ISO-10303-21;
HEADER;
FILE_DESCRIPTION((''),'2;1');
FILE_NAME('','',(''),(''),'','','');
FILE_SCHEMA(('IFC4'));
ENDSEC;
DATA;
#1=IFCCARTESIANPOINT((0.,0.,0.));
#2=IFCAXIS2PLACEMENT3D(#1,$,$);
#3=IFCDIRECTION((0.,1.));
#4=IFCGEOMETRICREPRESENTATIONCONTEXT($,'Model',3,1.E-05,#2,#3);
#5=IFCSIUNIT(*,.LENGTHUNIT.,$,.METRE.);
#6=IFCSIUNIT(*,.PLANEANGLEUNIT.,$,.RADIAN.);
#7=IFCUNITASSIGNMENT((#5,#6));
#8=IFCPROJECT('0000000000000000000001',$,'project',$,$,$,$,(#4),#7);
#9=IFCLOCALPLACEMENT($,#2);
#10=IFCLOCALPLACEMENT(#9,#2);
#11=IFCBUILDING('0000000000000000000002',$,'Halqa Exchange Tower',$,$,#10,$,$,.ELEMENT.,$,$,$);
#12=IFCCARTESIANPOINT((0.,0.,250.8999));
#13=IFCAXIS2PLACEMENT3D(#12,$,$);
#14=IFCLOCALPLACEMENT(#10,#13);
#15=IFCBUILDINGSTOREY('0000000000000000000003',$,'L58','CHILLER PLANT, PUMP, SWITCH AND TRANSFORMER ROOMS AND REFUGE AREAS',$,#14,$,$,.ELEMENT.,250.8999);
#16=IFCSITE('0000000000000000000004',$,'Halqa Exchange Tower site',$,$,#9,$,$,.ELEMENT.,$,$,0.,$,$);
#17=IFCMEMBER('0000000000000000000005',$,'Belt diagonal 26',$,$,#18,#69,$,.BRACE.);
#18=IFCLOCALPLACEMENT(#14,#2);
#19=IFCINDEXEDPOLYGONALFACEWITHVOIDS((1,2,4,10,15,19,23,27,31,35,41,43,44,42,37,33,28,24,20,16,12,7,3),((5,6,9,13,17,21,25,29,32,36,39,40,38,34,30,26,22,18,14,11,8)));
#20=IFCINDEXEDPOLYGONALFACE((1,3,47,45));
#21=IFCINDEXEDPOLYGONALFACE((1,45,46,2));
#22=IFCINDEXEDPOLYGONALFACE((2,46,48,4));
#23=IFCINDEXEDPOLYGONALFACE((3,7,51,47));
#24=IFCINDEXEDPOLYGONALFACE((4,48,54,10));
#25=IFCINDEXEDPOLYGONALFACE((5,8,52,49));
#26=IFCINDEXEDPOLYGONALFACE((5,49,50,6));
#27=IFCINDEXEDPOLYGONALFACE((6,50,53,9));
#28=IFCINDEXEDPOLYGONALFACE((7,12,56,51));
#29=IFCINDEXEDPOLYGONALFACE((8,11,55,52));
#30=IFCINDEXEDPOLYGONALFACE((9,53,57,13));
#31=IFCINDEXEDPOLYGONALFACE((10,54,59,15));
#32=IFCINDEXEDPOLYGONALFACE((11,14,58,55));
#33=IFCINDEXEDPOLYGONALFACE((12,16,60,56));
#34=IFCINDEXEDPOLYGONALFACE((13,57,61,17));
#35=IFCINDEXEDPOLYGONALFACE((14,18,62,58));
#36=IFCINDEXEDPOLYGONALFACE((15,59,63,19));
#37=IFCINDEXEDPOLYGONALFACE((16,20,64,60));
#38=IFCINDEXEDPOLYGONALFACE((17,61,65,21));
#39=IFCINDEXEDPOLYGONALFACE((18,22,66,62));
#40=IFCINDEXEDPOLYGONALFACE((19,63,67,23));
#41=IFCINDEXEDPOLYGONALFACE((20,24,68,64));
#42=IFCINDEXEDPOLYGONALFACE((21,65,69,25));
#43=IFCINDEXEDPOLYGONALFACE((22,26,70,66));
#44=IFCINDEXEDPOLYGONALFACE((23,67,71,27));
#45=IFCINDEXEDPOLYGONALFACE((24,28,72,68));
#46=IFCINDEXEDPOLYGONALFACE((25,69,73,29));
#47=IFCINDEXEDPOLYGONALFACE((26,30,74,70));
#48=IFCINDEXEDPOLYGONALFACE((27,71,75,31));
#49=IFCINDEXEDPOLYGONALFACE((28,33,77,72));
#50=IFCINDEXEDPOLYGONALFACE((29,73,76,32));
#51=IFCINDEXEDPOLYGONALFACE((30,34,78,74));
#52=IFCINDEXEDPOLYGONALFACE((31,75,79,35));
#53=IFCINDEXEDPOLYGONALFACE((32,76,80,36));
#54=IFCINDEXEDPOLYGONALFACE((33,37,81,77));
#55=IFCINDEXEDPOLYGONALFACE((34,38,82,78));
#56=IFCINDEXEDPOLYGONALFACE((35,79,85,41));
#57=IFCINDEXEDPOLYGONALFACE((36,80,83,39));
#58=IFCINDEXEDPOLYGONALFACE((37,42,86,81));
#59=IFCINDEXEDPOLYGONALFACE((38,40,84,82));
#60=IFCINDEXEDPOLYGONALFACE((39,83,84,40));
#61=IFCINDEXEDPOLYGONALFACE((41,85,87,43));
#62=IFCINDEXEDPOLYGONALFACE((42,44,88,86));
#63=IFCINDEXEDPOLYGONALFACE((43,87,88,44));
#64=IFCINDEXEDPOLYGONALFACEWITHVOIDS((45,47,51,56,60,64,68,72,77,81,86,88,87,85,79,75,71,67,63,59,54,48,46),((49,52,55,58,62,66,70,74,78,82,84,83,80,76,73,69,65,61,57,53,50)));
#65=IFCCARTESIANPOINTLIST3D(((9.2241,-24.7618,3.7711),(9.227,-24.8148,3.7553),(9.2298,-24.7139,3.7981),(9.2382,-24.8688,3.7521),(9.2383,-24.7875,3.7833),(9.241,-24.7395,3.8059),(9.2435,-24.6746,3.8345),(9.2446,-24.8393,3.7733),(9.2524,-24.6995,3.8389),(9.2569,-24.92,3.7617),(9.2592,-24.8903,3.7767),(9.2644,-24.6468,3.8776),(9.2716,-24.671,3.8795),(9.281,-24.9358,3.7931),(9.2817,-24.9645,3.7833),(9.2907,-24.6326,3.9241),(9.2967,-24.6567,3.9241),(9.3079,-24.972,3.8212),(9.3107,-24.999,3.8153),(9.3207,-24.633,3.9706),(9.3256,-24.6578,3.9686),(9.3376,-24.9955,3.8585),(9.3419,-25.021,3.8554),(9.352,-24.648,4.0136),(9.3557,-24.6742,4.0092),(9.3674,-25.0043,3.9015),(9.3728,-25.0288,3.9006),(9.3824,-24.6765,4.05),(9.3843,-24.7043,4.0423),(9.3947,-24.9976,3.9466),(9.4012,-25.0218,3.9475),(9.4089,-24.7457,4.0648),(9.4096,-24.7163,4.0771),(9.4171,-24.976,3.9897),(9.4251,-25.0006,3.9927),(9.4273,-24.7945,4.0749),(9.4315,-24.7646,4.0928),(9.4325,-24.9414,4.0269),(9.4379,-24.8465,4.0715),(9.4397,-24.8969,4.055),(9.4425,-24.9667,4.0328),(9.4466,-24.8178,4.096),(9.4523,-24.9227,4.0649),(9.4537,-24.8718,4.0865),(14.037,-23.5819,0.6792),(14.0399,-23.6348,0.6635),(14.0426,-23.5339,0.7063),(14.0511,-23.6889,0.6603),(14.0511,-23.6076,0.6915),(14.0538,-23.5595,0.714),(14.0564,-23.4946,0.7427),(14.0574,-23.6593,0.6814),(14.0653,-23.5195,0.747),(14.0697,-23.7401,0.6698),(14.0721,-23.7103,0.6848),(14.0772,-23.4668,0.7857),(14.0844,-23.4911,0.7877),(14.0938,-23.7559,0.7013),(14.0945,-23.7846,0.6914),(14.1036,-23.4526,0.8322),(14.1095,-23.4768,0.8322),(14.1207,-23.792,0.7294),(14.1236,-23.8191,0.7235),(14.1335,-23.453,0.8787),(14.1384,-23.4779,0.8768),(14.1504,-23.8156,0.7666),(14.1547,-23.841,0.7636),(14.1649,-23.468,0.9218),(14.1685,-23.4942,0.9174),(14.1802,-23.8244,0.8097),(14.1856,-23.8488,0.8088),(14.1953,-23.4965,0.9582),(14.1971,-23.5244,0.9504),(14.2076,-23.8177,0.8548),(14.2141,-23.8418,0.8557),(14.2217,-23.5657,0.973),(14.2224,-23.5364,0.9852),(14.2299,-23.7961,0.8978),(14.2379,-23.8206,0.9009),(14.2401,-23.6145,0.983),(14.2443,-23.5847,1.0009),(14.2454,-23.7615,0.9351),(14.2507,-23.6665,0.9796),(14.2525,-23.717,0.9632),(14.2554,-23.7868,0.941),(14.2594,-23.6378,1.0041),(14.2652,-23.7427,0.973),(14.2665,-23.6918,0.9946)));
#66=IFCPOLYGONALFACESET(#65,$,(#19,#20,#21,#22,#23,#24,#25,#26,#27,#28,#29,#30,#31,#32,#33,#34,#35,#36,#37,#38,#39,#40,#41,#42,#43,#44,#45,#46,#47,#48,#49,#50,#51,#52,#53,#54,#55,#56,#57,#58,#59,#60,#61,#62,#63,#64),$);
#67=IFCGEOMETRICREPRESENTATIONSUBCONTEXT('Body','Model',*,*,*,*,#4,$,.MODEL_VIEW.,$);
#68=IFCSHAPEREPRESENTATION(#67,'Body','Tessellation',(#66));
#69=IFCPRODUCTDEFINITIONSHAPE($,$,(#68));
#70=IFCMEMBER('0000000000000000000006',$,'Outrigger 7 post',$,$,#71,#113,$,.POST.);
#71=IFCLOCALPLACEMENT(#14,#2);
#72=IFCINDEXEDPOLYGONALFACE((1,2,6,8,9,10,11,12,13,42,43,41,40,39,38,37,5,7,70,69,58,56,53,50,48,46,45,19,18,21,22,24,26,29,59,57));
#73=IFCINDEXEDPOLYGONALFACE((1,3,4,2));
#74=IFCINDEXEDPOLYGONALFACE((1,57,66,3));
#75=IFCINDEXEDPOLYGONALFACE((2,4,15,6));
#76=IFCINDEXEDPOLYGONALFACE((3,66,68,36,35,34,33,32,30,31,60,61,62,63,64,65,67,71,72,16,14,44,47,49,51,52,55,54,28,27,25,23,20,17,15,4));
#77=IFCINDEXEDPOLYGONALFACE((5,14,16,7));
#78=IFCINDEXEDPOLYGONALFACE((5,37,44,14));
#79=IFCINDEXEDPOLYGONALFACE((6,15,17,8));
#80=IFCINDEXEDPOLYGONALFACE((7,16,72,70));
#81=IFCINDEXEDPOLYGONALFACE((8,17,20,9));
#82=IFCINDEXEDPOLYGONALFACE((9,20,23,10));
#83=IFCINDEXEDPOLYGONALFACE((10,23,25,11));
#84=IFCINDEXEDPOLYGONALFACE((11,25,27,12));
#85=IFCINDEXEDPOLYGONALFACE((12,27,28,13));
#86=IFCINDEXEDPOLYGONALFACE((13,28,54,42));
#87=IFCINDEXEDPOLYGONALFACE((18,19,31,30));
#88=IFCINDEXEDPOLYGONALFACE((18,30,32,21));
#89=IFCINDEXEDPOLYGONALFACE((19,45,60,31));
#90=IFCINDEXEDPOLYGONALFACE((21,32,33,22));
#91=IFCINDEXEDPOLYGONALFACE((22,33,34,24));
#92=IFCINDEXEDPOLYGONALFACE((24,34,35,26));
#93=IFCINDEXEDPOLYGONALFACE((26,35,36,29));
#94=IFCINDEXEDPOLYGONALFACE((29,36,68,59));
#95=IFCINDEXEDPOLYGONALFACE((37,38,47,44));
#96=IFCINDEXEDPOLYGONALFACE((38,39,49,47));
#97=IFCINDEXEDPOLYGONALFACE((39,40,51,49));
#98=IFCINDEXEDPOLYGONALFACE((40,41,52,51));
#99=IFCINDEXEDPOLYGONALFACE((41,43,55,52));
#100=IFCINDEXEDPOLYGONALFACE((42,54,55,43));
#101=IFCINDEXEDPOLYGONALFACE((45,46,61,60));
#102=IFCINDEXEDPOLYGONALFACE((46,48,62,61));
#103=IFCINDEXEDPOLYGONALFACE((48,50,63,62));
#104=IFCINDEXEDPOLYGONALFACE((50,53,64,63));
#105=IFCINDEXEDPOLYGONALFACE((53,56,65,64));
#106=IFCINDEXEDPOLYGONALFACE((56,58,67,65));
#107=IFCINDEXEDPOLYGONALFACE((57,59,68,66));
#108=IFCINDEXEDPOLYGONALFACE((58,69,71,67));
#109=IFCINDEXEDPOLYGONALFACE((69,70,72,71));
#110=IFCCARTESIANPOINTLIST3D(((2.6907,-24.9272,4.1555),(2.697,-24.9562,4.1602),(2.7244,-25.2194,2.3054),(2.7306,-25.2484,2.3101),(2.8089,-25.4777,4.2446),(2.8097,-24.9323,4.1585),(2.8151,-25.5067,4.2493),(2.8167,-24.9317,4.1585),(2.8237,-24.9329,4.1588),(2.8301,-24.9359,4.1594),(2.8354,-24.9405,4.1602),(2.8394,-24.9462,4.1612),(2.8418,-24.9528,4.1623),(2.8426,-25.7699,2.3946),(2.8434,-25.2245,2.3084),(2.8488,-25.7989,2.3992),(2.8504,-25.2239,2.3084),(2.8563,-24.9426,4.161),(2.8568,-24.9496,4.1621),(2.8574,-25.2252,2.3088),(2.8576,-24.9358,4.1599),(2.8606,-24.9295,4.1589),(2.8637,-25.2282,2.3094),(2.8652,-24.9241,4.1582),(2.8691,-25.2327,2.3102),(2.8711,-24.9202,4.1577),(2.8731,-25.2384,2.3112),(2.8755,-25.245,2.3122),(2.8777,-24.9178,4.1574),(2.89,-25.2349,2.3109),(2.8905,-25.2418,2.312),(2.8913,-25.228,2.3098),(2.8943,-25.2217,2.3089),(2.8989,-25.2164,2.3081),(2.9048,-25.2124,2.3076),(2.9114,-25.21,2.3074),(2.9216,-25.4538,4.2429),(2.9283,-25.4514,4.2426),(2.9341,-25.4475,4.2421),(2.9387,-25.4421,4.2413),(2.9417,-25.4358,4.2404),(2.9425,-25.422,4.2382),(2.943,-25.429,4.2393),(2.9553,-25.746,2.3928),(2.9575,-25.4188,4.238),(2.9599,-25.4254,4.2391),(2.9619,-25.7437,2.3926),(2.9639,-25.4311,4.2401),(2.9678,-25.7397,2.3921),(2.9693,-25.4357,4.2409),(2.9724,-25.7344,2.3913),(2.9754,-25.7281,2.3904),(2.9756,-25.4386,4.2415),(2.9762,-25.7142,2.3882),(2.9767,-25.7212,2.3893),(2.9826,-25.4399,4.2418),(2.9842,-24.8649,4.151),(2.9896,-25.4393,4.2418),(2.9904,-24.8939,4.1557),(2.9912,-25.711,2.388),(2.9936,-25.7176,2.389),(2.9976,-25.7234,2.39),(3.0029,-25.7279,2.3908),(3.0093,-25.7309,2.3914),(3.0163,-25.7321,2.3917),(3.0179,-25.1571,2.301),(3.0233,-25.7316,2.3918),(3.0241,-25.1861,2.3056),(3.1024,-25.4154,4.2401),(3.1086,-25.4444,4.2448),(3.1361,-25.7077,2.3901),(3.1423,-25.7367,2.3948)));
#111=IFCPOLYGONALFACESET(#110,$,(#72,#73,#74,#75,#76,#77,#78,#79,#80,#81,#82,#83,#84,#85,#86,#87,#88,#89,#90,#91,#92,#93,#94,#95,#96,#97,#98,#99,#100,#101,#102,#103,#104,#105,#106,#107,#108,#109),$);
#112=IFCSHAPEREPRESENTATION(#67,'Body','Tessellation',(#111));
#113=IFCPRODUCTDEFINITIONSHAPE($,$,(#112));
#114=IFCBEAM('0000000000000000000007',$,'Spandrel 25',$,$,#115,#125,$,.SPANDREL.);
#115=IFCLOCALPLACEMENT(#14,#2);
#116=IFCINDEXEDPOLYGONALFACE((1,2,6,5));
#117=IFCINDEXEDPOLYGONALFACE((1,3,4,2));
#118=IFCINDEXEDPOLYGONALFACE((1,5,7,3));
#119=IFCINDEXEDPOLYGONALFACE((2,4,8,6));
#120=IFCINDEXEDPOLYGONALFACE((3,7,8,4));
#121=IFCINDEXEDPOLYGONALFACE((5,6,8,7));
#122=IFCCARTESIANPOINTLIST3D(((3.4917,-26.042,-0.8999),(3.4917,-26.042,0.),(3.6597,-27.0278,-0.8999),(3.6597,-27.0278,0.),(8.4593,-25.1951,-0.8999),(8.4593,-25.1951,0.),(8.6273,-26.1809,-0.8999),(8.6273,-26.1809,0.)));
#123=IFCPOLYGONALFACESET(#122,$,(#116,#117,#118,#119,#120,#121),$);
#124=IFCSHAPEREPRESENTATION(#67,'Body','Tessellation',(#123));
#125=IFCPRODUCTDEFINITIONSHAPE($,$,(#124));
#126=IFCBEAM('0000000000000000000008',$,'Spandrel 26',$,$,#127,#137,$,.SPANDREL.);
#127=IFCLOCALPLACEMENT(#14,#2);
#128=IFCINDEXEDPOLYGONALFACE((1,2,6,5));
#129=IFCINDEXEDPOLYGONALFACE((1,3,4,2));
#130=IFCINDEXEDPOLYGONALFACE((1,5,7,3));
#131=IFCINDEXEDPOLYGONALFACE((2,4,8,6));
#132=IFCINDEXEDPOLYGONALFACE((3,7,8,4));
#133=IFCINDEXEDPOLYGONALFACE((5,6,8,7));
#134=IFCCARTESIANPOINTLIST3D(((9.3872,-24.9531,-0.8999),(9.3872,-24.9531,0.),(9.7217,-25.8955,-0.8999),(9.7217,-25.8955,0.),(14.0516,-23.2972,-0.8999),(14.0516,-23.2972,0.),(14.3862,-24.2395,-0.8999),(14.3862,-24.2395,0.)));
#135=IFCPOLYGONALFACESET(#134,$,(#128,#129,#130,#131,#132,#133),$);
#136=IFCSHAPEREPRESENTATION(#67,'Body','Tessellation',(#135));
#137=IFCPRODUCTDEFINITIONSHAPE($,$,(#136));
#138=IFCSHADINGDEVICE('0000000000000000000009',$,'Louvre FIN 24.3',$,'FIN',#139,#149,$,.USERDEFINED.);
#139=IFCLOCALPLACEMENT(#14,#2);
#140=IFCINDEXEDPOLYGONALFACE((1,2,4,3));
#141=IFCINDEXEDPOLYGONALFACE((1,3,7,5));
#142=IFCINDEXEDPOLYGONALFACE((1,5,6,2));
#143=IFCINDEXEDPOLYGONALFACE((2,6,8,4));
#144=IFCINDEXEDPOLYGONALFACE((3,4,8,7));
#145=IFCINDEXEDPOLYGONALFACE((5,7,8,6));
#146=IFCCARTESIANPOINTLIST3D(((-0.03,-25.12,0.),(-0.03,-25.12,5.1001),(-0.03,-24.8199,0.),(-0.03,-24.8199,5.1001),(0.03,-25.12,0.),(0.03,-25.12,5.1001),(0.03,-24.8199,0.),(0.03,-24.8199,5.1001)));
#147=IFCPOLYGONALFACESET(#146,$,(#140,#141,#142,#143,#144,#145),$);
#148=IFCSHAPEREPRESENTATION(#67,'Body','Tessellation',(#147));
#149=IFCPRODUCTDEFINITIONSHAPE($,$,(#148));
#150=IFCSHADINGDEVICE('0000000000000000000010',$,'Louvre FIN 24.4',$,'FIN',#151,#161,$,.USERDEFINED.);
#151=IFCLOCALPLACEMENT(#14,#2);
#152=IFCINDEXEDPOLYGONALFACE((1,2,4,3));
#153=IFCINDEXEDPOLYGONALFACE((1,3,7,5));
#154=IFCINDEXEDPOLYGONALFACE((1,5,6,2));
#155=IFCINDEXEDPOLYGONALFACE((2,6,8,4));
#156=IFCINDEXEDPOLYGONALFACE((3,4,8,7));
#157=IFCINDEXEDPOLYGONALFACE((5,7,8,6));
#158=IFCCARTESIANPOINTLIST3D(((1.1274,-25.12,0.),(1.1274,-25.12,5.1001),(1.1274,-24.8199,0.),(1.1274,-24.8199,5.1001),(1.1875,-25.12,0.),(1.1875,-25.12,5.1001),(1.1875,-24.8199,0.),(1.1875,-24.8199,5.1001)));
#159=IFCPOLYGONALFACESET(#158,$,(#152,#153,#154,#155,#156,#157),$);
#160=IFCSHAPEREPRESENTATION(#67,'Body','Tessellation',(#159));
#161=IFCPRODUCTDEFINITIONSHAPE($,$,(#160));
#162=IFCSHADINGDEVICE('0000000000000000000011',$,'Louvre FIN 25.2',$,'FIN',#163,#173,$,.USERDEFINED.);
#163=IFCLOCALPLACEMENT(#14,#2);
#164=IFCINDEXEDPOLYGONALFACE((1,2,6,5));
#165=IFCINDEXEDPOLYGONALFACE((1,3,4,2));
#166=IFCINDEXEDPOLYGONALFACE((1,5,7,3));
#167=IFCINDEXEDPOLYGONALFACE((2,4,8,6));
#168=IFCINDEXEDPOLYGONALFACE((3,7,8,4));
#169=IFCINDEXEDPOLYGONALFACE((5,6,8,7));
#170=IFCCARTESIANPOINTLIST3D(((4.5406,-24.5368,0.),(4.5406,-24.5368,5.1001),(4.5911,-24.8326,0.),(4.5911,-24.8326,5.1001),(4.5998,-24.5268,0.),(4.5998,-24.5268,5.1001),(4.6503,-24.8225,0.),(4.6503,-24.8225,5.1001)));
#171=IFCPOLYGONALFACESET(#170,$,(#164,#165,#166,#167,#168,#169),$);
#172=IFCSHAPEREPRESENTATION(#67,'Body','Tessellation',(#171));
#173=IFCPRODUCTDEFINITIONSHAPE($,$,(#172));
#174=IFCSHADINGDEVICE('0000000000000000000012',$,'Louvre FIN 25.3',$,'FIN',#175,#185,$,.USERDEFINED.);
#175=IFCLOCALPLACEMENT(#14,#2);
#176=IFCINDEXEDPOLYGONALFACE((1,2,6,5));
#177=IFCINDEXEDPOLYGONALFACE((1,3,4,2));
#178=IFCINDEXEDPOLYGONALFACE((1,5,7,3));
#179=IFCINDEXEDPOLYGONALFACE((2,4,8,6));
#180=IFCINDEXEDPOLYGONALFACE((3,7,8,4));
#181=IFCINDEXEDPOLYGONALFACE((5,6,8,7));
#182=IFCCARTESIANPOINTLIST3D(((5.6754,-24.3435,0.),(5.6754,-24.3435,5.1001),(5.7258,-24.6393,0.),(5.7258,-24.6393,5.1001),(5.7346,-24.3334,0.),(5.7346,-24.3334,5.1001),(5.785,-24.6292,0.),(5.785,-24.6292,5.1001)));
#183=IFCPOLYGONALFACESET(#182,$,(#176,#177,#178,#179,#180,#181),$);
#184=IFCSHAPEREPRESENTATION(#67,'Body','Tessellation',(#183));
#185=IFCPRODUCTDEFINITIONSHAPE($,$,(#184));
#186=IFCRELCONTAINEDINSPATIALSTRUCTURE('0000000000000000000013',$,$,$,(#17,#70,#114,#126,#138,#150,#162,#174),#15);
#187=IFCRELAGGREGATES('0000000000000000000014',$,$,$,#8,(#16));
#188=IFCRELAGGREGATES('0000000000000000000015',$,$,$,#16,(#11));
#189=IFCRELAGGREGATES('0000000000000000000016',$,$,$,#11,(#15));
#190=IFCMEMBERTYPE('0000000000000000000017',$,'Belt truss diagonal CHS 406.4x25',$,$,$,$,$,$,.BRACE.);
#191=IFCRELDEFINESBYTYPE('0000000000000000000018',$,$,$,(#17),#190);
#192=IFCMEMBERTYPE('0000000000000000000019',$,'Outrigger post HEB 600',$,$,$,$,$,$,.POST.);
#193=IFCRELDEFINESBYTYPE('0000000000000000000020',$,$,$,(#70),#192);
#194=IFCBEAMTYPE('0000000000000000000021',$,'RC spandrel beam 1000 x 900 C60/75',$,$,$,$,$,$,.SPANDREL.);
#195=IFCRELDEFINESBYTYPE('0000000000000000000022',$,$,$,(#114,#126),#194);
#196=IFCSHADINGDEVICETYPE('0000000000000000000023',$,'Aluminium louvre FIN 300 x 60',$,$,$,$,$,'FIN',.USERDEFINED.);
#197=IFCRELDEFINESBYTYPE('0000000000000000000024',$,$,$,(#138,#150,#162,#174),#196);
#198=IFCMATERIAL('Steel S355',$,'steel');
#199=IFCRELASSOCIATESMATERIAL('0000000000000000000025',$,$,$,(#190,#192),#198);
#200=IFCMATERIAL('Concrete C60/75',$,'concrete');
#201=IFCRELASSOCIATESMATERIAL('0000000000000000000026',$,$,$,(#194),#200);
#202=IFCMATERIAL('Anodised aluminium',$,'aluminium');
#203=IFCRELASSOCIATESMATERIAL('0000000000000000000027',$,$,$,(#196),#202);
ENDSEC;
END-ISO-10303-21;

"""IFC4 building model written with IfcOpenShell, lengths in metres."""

from ifc_helpers import new_model, si_unit, direction, frame, origin, origin_2d, place, context, subcontext, project, spatial, rectangle, hollow_circle, i_section, extrude, material, material_profile, profile_set, type_object, element, save


model = new_model("IFC4")

# Units and contexts
model_context = context("Model", 3, precision=1e-05, world=origin(), true_north=direction((0.0, 1.0)))
body_context = subcontext(model_context, "Body", "Model", "MODEL_VIEW")
ifc_project = project(units=[si_unit("LENGTHUNIT", "METRE"), si_unit("PLANEANGLEUNIT", "RADIAN")], contexts=[model_context])

# Site, building, storey
site_placement = place(None, origin())
site = spatial("IfcSite", under=ifc_project, at=site_placement, Name="Halqa Exchange Tower site", CompositionType="ELEMENT", RefElevation=0.0)
building_placement = place(site_placement, origin())
building = spatial("IfcBuilding", under=site, at=building_placement, Name="Halqa Exchange Tower", CompositionType="ELEMENT")
storey_placement = place(building_placement, frame((0.0, 0.0, 250.8999)))
storey = spatial("IfcBuildingStorey", under=building, at=storey_placement, Name="L58", Description="CHILLER PLANT, PUMP, SWITCH AND TRANSFORMER ROOMS AND REFUGE AREAS", CompositionType="ELEMENT", Elevation=250.8999)

# Shared definitions
ifc_material_1 = material(Name="Concrete C60/75", Category="concrete")

# Members
ifc_material_2 = material(Name="Steel S355", Category="steel")
ifc_material_profile_1 = material_profile(ifc_material_2, hollow_circle(Radius=0.2031, WallThickness=0.0249, at=origin_2d()), Name="CHS 406.4x25")
ifc_profile_set_1 = profile_set([ifc_material_profile_1], Name="Steel S355")
member_type_1 = type_object("IfcMemberType", Name="Belt truss diagonal CHS 406.4x25", PredefinedType="BRACE", material=ifc_profile_set_1)
member_1_placement = place(storey_placement, frame((9.3391, -24.8298, 3.9241), z_axis=(0.823999, 0.202018, -0.529352), x_axis=(-0.238116, 0.971237, 0.0)))
element("IfcMember", 1, at=member_1_placement, inside=storey, type_object=member_type_1, Name="Belt diagonal 26", PredefinedType="BRACE", context=body_context, shape_type="SweptSolid", body=[
    extrude(hollow_circle(Radius=0.2031, WallThickness=0.0249, at=origin_2d()), origin(), (0.0, 0.0, 1.0), 5.8408),
])
ifc_material_profile_2 = material_profile(ifc_material_2, i_section(OverallWidth=0.3, OverallDepth=0.6001, WebThickness=0.0154, FlangeThickness=0.03, FilletRadius=0.0271, at=origin_2d()), Name="HEB 600")
ifc_profile_set_2 = profile_set([ifc_material_profile_2], Name="Steel S355")
member_type_2 = type_object("IfcMemberType", Name="Outrigger post HEB 600", PredefinedType="POST", material=ifc_profile_set_2)
member_2_placement = place(storey_placement, frame((2.9333, -25.478, 2.3501), z_axis=(-0.017985, 0.155998, 0.987594), x_axis=(-0.978125, -0.20748, 0.014961)))
element("IfcMember", 2, at=member_2_placement, inside=storey, type_object=member_type_2, Name="Outrigger 7 post", PredefinedType="POST", context=body_context, shape_type="SweptSolid", body=[
    extrude(i_section(OverallWidth=0.3, OverallDepth=0.6001, WebThickness=0.0154, FlangeThickness=0.03, FilletRadius=0.0271, at=origin_2d()), origin(), (0.0, 0.0, 1.0), 1.8733),
])

# Beams
ifc_material_profile_3 = material_profile(ifc_material_1, rectangle(XDim=1.0, YDim=0.8999, at=origin_2d()), Name="1000 x 900")
ifc_profile_set_3 = profile_set([ifc_material_profile_3], Name="Concrete C60/75")
beam_type = type_object("IfcBeamType", Name="RC spandrel beam 1000 x 900 C60/75", PredefinedType="SPANDREL", material=ifc_profile_set_3)
beam_1_placement = place(storey_placement, frame((3.5757, -26.5349, -0.45), z_axis=(0.985776, 0.168067, 0.0), x_axis=(-0.168067, 0.985776, 0.0)))
element("IfcBeam", 3, at=beam_1_placement, inside=storey, type_object=beam_type, Name="Spandrel 25", PredefinedType="SPANDREL", context=body_context, shape_type="SweptSolid", body=[
    extrude(rectangle(XDim=1.0, YDim=0.8999, at=origin_2d()), origin(), (0.0, 0.0, 1.0), 5.0393),
])
beam_2_placement = place(storey_placement, frame((9.5544, -25.4243, -0.45), z_axis=(0.942374, 0.334561, 0.0), x_axis=(-0.334561, 0.942374, 0.0)))
element("IfcBeam", 4, at=beam_2_placement, inside=storey, type_object=beam_type, Name="Spandrel 26", PredefinedType="SPANDREL", context=body_context, shape_type="SweptSolid", body=[
    extrude(rectangle(XDim=1.0, YDim=0.8999, at=origin_2d()), origin(), (0.0, 0.0, 1.0), 4.9497),
])

# Shading devices
ifc_material_3 = material(Name="Anodised aluminium", Category="aluminium")
ifc_material_profile_4 = material_profile(ifc_material_3, rectangle(XDim=0.3, YDim=0.0601, at=origin_2d()), Name="AL FIN 300x60")
ifc_profile_set_4 = profile_set([ifc_material_profile_4], Name="Anodised aluminium")
shading_device_type = type_object("IfcShadingDeviceType", Name="Aluminium louvre FIN 300 x 60", ElementType="FIN", PredefinedType="USERDEFINED", material=ifc_profile_set_4)
for number, where, z_axis, x_axis, name in (
    (5, (0.0, -24.97, 0.0), (0.0, 0.0, 1.0), (0.0, 1.0, 0.0), "Louvre FIN 24.3"),
    (6, (1.1575, -24.97, 0.0), (0.0, 0.0, 1.0), (0.0, 1.0, 0.0), "Louvre FIN 24.4"),
    (7, (4.5955, -24.6797, 0.0), (0.0, 0.0, 1.0), (-0.168066, 0.985776, 0.0), "Louvre FIN 25.2"),
    (8, (5.7302, -24.4863, 0.0), (0.0, 0.0, 1.0), (-0.168066, 0.985776, 0.0), "Louvre FIN 25.3"),
):
    element("IfcShadingDevice", number, at=place(storey_placement, frame(where, z_axis=z_axis, x_axis=x_axis)), inside=storey, type_object=shading_device_type, Name=name, ObjectType="FIN", PredefinedType="USERDEFINED", context=body_context, shape_type="SweptSolid", body=[
        extrude(rectangle(XDim=0.3, YDim=0.0601, at=origin_2d()), origin(), (0.0, 0.0, 1.0), 5.1001),
    ])

save(model, "model.ifc")
